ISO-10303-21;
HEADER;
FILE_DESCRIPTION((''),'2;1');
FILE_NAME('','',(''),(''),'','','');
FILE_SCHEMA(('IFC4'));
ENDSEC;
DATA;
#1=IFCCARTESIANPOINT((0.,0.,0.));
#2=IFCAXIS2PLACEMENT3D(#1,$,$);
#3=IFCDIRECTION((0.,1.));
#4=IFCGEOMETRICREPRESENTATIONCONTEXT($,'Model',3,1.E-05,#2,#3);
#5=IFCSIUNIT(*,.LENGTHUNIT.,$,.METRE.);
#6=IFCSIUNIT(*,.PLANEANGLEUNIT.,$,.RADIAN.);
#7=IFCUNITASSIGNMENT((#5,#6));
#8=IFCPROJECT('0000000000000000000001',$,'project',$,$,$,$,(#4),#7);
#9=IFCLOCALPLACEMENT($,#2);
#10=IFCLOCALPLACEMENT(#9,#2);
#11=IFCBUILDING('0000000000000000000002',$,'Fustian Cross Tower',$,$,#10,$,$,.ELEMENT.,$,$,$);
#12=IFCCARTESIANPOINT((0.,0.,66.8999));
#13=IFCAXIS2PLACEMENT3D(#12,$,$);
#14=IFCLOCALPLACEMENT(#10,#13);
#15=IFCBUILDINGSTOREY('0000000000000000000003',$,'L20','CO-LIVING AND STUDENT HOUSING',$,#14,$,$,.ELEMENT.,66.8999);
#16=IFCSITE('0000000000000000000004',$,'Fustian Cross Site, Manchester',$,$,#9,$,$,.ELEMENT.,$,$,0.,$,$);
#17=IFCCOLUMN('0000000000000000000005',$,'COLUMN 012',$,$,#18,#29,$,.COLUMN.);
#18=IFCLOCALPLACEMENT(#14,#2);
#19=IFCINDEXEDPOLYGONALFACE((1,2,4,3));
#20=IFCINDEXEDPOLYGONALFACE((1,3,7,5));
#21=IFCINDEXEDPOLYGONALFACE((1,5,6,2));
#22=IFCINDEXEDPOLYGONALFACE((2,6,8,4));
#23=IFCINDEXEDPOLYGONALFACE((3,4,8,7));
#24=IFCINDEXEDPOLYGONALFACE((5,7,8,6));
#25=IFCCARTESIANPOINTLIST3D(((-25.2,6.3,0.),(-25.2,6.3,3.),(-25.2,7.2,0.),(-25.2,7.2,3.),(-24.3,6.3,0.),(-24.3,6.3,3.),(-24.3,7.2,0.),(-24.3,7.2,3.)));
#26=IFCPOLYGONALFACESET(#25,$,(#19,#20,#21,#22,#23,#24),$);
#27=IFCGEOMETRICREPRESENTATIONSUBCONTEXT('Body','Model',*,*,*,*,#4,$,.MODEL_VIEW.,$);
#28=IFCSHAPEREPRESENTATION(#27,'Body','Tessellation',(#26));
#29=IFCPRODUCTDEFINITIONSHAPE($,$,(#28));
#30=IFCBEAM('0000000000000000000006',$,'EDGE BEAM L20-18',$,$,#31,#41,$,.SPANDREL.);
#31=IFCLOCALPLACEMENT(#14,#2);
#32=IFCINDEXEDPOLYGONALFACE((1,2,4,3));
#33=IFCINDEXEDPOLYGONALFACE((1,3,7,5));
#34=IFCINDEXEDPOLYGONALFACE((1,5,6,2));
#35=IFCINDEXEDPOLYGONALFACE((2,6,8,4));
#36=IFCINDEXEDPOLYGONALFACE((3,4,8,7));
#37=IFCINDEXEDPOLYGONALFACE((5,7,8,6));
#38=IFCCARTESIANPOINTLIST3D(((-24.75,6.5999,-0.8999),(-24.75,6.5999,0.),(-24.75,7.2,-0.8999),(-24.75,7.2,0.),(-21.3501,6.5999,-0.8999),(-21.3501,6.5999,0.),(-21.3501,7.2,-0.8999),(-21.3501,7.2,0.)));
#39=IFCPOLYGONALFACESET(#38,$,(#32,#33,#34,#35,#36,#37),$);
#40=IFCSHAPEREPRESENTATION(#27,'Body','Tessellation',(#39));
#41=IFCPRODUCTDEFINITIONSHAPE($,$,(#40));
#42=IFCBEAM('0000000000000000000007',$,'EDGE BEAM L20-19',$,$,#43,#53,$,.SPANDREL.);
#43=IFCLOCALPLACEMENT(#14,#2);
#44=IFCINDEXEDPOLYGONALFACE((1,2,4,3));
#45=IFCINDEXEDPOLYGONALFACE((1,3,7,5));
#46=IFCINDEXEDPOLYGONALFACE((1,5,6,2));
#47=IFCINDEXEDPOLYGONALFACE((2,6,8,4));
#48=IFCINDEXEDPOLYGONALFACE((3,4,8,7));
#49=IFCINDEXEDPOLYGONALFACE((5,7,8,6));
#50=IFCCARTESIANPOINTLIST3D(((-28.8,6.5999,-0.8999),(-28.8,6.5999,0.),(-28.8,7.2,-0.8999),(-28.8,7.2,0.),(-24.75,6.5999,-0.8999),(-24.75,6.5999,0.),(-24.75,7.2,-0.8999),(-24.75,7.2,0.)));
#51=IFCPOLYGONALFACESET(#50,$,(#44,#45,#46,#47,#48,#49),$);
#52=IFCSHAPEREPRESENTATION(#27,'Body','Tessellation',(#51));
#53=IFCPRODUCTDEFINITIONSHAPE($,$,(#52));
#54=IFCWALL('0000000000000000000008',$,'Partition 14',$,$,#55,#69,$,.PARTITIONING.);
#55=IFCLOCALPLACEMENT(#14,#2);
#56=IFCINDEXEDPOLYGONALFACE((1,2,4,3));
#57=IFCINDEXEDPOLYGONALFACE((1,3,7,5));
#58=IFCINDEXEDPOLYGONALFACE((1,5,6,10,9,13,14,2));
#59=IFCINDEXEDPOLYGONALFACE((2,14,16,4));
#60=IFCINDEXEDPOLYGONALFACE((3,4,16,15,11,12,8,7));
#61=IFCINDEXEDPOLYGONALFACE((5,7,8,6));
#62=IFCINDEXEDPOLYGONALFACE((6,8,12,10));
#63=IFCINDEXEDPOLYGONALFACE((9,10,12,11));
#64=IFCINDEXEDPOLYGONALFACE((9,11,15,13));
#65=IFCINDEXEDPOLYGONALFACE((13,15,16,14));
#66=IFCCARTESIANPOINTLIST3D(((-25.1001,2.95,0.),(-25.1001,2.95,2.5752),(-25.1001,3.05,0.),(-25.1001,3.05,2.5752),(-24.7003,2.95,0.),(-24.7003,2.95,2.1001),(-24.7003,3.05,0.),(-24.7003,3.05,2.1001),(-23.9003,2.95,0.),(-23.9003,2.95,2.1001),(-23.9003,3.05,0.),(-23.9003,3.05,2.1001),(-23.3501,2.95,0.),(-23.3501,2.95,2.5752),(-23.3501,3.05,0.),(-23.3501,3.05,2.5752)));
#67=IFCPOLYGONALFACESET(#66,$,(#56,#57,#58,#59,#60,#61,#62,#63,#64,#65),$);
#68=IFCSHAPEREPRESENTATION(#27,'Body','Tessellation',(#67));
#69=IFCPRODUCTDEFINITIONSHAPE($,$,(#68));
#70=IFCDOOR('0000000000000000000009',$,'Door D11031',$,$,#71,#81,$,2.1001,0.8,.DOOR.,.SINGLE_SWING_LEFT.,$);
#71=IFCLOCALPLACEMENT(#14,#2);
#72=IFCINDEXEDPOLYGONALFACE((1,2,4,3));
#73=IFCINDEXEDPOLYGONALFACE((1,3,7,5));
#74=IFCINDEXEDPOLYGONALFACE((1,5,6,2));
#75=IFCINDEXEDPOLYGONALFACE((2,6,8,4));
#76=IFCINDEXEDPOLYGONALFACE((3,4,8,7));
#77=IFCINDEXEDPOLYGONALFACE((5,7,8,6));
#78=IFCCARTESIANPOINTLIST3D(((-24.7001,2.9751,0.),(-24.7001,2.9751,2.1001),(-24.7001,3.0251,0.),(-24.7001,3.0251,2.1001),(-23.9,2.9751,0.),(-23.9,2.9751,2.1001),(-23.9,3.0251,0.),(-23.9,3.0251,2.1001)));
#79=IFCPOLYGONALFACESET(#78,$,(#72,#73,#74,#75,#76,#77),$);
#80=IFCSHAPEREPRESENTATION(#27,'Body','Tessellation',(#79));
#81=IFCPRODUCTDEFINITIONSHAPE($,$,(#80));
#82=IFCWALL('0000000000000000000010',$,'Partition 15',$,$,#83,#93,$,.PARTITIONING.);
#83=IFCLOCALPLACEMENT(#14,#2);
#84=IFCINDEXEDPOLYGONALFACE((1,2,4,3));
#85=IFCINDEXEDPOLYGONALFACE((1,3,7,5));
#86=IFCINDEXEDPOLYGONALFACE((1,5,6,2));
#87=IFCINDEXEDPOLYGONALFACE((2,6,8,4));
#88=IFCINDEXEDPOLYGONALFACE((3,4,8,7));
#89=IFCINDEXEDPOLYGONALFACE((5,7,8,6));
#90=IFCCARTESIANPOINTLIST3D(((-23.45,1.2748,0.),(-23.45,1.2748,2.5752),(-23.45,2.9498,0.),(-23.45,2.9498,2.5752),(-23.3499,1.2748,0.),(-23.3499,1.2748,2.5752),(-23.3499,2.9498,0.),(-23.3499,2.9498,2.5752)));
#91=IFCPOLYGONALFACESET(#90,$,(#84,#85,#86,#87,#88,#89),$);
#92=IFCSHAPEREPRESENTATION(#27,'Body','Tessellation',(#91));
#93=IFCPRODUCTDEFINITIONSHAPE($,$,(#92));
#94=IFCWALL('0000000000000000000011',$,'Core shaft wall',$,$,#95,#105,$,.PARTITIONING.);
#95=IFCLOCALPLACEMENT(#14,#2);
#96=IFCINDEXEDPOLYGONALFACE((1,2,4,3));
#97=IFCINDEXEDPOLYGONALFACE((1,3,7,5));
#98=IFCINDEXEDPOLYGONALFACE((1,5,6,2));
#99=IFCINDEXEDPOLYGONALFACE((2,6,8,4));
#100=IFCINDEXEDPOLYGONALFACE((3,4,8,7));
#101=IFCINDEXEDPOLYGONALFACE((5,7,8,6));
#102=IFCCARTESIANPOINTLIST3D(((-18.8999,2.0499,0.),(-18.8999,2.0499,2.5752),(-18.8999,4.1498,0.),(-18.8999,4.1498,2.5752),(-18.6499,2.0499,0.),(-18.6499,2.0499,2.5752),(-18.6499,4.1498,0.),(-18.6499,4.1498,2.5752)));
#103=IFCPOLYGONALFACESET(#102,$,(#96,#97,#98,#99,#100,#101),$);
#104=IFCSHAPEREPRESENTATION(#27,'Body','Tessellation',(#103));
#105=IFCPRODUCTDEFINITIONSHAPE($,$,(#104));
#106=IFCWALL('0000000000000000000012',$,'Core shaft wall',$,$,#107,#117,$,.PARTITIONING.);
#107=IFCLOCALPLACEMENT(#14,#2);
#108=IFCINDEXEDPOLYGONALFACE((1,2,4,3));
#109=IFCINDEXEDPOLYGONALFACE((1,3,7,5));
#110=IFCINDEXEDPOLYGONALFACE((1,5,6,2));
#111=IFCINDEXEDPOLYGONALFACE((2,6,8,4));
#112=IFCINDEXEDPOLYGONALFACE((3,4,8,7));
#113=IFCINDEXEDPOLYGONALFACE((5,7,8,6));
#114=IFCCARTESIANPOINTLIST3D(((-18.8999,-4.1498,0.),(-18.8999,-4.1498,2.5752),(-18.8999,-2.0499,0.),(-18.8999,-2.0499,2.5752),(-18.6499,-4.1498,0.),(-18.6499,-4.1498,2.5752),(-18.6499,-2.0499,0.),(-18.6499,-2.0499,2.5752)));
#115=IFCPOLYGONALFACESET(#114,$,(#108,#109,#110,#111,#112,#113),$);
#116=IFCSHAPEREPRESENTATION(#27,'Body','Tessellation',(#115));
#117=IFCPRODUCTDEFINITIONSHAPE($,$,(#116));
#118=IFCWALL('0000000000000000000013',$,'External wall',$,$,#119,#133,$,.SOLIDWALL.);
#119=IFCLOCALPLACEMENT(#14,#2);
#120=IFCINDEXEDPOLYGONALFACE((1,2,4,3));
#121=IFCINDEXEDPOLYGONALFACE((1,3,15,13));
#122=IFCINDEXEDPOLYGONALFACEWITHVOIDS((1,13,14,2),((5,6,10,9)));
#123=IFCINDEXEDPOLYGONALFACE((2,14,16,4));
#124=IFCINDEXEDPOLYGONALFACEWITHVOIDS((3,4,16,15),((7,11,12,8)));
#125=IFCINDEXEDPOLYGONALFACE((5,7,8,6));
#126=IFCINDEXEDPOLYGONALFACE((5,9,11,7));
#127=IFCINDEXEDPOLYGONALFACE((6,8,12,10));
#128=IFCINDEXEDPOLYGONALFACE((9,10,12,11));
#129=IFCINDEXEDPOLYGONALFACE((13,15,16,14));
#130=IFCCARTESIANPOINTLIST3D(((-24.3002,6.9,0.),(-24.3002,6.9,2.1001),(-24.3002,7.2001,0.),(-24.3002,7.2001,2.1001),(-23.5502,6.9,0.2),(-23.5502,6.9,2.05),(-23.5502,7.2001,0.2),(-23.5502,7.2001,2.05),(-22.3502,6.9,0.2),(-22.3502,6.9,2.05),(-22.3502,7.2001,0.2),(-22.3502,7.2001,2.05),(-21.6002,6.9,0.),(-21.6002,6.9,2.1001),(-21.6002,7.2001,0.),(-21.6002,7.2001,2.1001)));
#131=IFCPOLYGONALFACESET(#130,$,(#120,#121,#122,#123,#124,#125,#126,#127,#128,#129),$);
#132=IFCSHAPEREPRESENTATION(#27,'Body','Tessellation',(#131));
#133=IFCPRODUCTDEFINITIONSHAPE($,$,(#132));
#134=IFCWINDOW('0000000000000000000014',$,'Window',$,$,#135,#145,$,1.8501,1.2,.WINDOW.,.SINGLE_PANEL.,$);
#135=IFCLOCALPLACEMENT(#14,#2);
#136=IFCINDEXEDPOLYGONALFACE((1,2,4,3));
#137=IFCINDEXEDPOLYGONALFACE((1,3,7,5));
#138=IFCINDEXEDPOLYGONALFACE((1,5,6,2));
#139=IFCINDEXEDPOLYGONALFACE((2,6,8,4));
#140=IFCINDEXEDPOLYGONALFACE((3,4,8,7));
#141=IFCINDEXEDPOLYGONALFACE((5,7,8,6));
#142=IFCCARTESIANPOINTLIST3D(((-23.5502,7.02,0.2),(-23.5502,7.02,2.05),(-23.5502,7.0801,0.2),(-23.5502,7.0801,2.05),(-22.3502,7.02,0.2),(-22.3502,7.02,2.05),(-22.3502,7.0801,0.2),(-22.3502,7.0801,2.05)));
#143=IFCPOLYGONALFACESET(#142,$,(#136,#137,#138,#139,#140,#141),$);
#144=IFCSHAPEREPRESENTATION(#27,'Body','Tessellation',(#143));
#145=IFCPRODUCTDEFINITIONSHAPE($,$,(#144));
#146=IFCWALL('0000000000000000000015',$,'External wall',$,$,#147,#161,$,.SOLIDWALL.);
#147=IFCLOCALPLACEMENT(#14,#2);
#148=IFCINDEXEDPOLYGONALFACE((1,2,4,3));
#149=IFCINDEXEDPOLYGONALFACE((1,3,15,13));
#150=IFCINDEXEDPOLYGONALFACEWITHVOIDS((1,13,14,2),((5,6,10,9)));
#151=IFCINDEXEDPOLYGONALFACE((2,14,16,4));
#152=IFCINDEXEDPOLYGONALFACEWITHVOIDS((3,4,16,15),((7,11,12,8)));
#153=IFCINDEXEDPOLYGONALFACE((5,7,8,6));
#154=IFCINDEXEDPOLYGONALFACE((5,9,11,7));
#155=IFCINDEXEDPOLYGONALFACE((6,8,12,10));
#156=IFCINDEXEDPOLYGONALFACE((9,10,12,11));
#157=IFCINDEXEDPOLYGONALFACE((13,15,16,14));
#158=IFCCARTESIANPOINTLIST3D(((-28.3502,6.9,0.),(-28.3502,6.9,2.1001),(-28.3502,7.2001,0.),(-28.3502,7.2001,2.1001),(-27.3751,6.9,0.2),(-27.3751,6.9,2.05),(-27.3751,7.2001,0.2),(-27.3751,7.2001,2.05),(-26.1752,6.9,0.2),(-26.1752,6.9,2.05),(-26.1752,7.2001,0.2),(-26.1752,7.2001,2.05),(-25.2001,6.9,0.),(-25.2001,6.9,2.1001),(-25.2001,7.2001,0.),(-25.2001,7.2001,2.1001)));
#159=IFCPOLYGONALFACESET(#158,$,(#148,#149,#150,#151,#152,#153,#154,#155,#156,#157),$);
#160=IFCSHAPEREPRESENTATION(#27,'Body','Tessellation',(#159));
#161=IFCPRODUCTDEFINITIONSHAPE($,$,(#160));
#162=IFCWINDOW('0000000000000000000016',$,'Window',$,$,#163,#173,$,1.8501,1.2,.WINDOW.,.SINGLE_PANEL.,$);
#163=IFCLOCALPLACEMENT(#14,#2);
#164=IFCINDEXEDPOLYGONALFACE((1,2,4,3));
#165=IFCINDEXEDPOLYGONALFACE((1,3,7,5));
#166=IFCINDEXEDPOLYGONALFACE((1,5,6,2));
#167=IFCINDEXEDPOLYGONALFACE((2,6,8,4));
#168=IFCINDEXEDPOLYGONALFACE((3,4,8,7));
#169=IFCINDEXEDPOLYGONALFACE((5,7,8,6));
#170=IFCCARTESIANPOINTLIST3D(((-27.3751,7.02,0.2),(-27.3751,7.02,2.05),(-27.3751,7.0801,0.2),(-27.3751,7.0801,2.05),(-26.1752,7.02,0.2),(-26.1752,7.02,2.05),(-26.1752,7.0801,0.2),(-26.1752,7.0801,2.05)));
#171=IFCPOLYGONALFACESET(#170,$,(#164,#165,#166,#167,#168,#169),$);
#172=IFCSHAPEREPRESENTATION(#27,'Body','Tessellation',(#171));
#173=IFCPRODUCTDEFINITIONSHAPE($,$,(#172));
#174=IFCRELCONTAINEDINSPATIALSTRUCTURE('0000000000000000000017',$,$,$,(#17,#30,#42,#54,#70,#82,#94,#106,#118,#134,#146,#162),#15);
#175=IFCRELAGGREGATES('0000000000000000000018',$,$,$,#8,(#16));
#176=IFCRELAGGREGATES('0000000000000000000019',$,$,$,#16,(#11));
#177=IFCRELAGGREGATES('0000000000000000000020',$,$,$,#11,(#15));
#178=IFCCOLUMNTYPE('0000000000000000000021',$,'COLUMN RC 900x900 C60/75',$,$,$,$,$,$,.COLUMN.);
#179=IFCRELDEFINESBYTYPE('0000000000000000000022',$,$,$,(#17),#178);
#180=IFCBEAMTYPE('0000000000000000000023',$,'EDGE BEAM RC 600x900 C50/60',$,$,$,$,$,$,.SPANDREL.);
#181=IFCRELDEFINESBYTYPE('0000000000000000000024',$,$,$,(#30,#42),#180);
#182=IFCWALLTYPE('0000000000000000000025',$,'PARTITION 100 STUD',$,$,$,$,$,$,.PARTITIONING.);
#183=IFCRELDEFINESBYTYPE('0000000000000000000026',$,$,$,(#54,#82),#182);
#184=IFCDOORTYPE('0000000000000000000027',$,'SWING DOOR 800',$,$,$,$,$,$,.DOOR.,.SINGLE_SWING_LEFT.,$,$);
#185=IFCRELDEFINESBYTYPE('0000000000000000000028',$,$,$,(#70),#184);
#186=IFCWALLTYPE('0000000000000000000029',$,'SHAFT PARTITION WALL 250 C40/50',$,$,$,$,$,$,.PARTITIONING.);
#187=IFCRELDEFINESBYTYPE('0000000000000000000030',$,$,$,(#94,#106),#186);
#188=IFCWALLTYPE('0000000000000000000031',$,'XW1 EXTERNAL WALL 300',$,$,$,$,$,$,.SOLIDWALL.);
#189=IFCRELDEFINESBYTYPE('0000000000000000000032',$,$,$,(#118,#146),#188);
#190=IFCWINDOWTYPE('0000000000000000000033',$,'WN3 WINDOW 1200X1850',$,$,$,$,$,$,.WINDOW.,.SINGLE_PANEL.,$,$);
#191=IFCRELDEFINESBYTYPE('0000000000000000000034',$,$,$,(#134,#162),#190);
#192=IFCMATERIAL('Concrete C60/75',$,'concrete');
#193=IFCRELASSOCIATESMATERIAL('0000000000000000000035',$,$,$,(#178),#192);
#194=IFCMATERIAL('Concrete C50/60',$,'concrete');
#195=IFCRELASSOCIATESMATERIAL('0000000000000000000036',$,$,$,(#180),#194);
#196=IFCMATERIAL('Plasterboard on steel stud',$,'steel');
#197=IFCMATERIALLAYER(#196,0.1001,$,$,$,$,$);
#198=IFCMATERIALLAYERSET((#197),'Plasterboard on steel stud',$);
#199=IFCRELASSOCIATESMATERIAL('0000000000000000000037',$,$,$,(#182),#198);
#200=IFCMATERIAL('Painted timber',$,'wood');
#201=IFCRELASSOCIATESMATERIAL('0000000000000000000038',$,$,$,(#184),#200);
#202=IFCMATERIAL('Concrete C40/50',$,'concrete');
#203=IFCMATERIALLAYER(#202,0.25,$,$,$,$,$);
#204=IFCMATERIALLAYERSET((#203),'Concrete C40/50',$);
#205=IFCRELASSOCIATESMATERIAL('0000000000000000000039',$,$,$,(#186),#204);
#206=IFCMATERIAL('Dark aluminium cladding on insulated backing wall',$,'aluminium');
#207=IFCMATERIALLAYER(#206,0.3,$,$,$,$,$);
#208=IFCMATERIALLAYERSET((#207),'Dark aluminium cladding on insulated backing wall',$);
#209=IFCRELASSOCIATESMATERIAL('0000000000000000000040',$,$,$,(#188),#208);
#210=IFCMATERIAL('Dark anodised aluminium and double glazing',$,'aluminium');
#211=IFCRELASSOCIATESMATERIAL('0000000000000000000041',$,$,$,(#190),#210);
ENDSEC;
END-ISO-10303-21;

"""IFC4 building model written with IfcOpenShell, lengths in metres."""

from ifc_helpers import new_model, si_unit, direction, frame, frame_2d, origin, origin_2d, place, context, subcontext, project, spatial, rectangle, extrude, material, layer, layer_set, material_profile, profile_set, type_object, element, fill, save


model = new_model("IFC4")

# Units and contexts
model_context = context("Model", 3, precision=1e-05, world=origin(), true_north=direction((0.0, 1.0)))
body_context = subcontext(model_context, "Body", "Model", "MODEL_VIEW")
ifc_project = project(units=[si_unit("LENGTHUNIT", "METRE"), si_unit("PLANEANGLEUNIT", "RADIAN")], contexts=[model_context])

# Site, building, storey
site_placement = place(None, origin())
site = spatial("IfcSite", under=ifc_project, at=site_placement, Name="Fustian Cross Site, Manchester", CompositionType="ELEMENT", RefElevation=0.0)
building_placement = place(site_placement, origin())
building = spatial("IfcBuilding", under=site, at=building_placement, Name="Fustian Cross Tower", CompositionType="ELEMENT")
storey_placement = place(building_placement, frame((0.0, 0.0, 66.8999)))
storey = spatial("IfcBuildingStorey", under=building, at=storey_placement, Name="L20", Description="CO-LIVING AND STUDENT HOUSING", CompositionType="ELEMENT", Elevation=66.8999)

# Column
ifc_material_1 = material(Name="Concrete C60/75", Category="concrete")
ifc_material_profile_1 = material_profile(ifc_material_1, rectangle(XDim=0.8999, YDim=0.8999, at=origin_2d()), Name="RC 900x900")
ifc_profile_set_1 = profile_set([ifc_material_profile_1], Name="Concrete C60/75")
column_type = type_object("IfcColumnType", Name="COLUMN RC 900x900 C60/75", PredefinedType="COLUMN", material=ifc_profile_set_1)
column_placement = place(storey_placement, frame((-24.75, 6.75, 0.0), z_axis=(0.0, 0.0, 1.0), x_axis=(1.0, 0.0, 0.0)))
element("IfcColumn", 1, at=column_placement, inside=storey, type_object=column_type, Name="COLUMN 012", PredefinedType="COLUMN", context=body_context, shape_type="SweptSolid", body=[
    extrude(rectangle(XDim=0.8999, YDim=0.8999, at=origin_2d()), origin(), (0.0, 0.0, 1.0), 3.0),
])

# Beams
ifc_material_2 = material(Name="Concrete C50/60", Category="concrete")
ifc_material_profile_2 = material_profile(ifc_material_2, rectangle(XDim=0.6001, YDim=0.8999, at=origin_2d()), Name="RC 600x900")
ifc_profile_set_2 = profile_set([ifc_material_profile_2], Name="Concrete C50/60")
beam_type = type_object("IfcBeamType", Name="EDGE BEAM RC 600x900 C50/60", PredefinedType="SPANDREL", material=ifc_profile_set_2)
beam_1_placement = place(storey_placement, frame((-21.3501, 6.8999, -0.45), z_axis=(-1.0, 0.0, 0.0), x_axis=(0.0, -1.0, 0.0)))
element("IfcBeam", 2, at=beam_1_placement, inside=storey, type_object=beam_type, Name="EDGE BEAM L20-18", PredefinedType="SPANDREL", context=body_context, shape_type="SweptSolid", body=[
    extrude(rectangle(XDim=0.6001, YDim=0.8999, at=origin_2d()), origin(), (0.0, 0.0, 1.0), 3.3999),
])
beam_2_placement = place(storey_placement, frame((-24.75, 6.8999, -0.45), z_axis=(-1.0, 0.0, 0.0), x_axis=(0.0, -1.0, 0.0)))
element("IfcBeam", 3, at=beam_2_placement, inside=storey, type_object=beam_type, Name="EDGE BEAM L20-19", PredefinedType="SPANDREL", context=body_context, shape_type="SweptSolid", body=[
    extrude(rectangle(XDim=0.6001, YDim=0.8999, at=origin_2d()), origin(), (0.0, 0.0, 1.0), 4.05),
])

# Wall, opening, door
ifc_material_3 = material(Name="Plasterboard on steel stud", Category="steel")
ifc_layer_1 = layer(ifc_material_3, 0.1001)
ifc_layer_set_1 = layer_set([ifc_layer_1], Name="Plasterboard on steel stud")
wall_type_1 = type_object("IfcWallType", Name="PARTITION 100 STUD", PredefinedType="PARTITIONING", material=ifc_layer_set_1)
wall_1_placement = place(storey_placement, frame((-25.1001, 3.0, 0.0), z_axis=(0.0, 0.0, 1.0), x_axis=(1.0, 0.0, 0.0)))
wall_1 = element("IfcWall", 4, at=wall_1_placement, inside=storey, type_object=wall_type_1, Name="Partition 14", PredefinedType="PARTITIONING", context=body_context, shape_type="SweptSolid", body=[
    extrude(rectangle(XDim=1.75, YDim=0.1001, at=frame_2d((0.875, 0.0))), origin(), (0.0, 0.0, 1.0), 2.5752),
])
opening_1_placement = place(wall_1_placement, frame((0.3999, 0.0, 0.0)))
opening_1 = element("IfcOpeningElement", 5, at=opening_1_placement, cuts=wall_1, PredefinedType="OPENING", context=body_context, shape_type="SweptSolid", body=[
    extrude(rectangle(XDim=0.8, YDim=2.1001, at=frame_2d((0.3999, 1.05))), frame((0.0, 0.0601, 0.0), z_axis=(0.0, -1.0, 0.0), x_axis=(1.0, 0.0, 0.0)), (0.0, 0.0, 1.0), 0.1201),
])
ifc_material_4 = material(Name="Painted timber", Category="wood")
door_type = type_object("IfcDoorType", Name="SWING DOOR 800", OperationType="SINGLE_SWING_LEFT", PredefinedType="DOOR", material=ifc_material_4)
door_placement = place(opening_1_placement, frame((0.8, 0.0, 0.0), z_axis=(0.0, 0.0, 1.0), x_axis=(-1.0, 0.0, 0.0)))
door = element("IfcDoor", 6, at=door_placement, inside=storey, type_object=door_type, Name="Door D11031", OperationType="SINGLE_SWING_LEFT", OverallHeight=2.1001, OverallWidth=0.8, PredefinedType="DOOR", context=body_context, shape_type="SweptSolid", body=[
    extrude(rectangle(XDim=0.8, YDim=2.1001, at=frame_2d((0.3999, 1.05))), frame((0.0, 0.0249, 0.0), z_axis=(0.0, -1.0, 0.0), x_axis=(1.0, 0.0, 0.0)), (0.0, 0.0, 1.0), 0.05),
])
fill(opening_1, door)

# Walls
wall_2_placement = place(storey_placement, frame((-23.3999, 1.2749, 0.0), z_axis=(0.0, 0.0, 1.0), x_axis=(0.0, 1.0, 0.0)))
element("IfcWall", 7, at=wall_2_placement, inside=storey, type_object=wall_type_1, Name="Partition 15", PredefinedType="PARTITIONING", context=body_context, shape_type="SweptSolid", body=[
    extrude(rectangle(XDim=1.675, YDim=0.1001, at=frame_2d((0.8374, 0.0))), origin(), (0.0, 0.0, 1.0), 2.5752),
])
ifc_material_5 = material(Name="Concrete C40/50", Category="concrete")
ifc_layer_2 = layer(ifc_material_5, 0.25)
ifc_layer_set_2 = layer_set([ifc_layer_2], Name="Concrete C40/50")
wall_type_2 = type_object("IfcWallType", Name="SHAFT PARTITION WALL 250 C40/50", PredefinedType="PARTITIONING", material=ifc_layer_set_2)
for number, where, z_axis, x_axis, name in (
    (8, (-18.7749, 2.05, 0.0), (0.0, 0.0, 1.0), (0.0, 1.0, 0.0), "Core shaft wall"),
    (9, (-18.7749, -2.05, 0.0), (0.0, 0.0, 1.0), (0.0, -1.0, 0.0), "Core shaft wall"),
):
    element("IfcWall", number, at=place(storey_placement, frame(where, z_axis=z_axis, x_axis=x_axis)), inside=storey, type_object=wall_type_2, Name=name, PredefinedType="PARTITIONING", context=body_context, shape_type="SweptSolid", body=[
        extrude(rectangle(XDim=2.0999, YDim=0.25, at=frame_2d((1.0498, 0.0))), origin(), (0.0, 0.0, 1.0), 2.5752),
    ])

# Walls, openings, windows
ifc_material_6 = material(Name="Dark aluminium cladding on insulated backing wall", Category="aluminium")
ifc_layer_3 = layer(ifc_material_6, 0.3)
ifc_layer_set_3 = layer_set([ifc_layer_3], Name="Dark aluminium cladding on insulated backing wall")
wall_type_3 = type_object("IfcWallType", Name="XW1 EXTERNAL WALL 300", PredefinedType="SOLIDWALL", material=ifc_layer_set_3)
wall_3_placement = place(storey_placement, frame((-21.6001, 7.05, 0.0), z_axis=(0.0, 0.0, 1.0), x_axis=(-1.0, 0.0, 0.0)))
wall_3 = element("IfcWall", 10, at=wall_3_placement, inside=storey, type_object=wall_type_3, Name="External wall", PredefinedType="SOLIDWALL", context=body_context, shape_type="SweptSolid", body=[
    extrude(rectangle(XDim=2.7, YDim=0.3, at=frame_2d((1.3501, 0.0))), origin(), (0.0, 0.0, 1.0), 2.1001),
])
opening_2_placement = place(wall_3_placement, frame((0.75, 0.0, 0.2)))
opening_2 = element("IfcOpeningElement", 11, at=opening_2_placement, cuts=wall_3, PredefinedType="OPENING", context=body_context, shape_type="SweptSolid", body=[
    extrude(rectangle(XDim=1.2, YDim=1.8501, at=frame_2d((0.6001, 0.925))), frame((0.0, 0.1599, 0.0), z_axis=(0.0, -1.0, 0.0), x_axis=(1.0, 0.0, 0.0)), (0.0, 0.0, 1.0), 0.3201),
])
ifc_material_7 = material(Name="Dark anodised aluminium and double glazing", Category="aluminium")
window_type = type_object("IfcWindowType", Name="WN3 WINDOW 1200X1850", PartitioningType="SINGLE_PANEL", PredefinedType="WINDOW", material=ifc_material_7)
window_1_placement = place(opening_2_placement, origin())
window_1 = element("IfcWindow", 12, at=window_1_placement, inside=storey, type_object=window_type, Name="Window", OverallHeight=1.8501, OverallWidth=1.2, PartitioningType="SINGLE_PANEL", PredefinedType="WINDOW", context=body_context, shape_type="SweptSolid", body=[
    extrude(rectangle(XDim=1.2, YDim=1.8501, at=frame_2d((0.6001, 0.925))), frame((0.0, 0.03, 0.0), z_axis=(0.0, -1.0, 0.0), x_axis=(1.0, 0.0, 0.0)), (0.0, 0.0, 1.0), 0.0601),
])
fill(opening_2, window_1)
wall_4_placement = place(storey_placement, frame((-25.2, 7.05, 0.0), z_axis=(0.0, 0.0, 1.0), x_axis=(-1.0, 0.0, 0.0)))
wall_4 = element("IfcWall", 13, at=wall_4_placement, inside=storey, type_object=wall_type_3, Name="External wall", PredefinedType="SOLIDWALL", context=body_context, shape_type="SweptSolid", body=[
    extrude(rectangle(XDim=3.1501, YDim=0.3, at=frame_2d((1.5752, 0.0))), origin(), (0.0, 0.0, 1.0), 2.1001),
])
opening_3_placement = place(wall_4_placement, frame((0.9751, 0.0, 0.2)))
opening_3 = element("IfcOpeningElement", 14, at=opening_3_placement, cuts=wall_4, PredefinedType="OPENING", context=body_context, shape_type="SweptSolid", body=[
    extrude(rectangle(XDim=1.2, YDim=1.8501, at=frame_2d((0.6001, 0.925))), frame((0.0, 0.1599, 0.0), z_axis=(0.0, -1.0, 0.0), x_axis=(1.0, 0.0, 0.0)), (0.0, 0.0, 1.0), 0.3201),
])
window_2_placement = place(opening_3_placement, origin())
window_2 = element("IfcWindow", 15, at=window_2_placement, inside=storey, type_object=window_type, Name="Window", OverallHeight=1.8501, OverallWidth=1.2, PartitioningType="SINGLE_PANEL", PredefinedType="WINDOW", context=body_context, shape_type="SweptSolid", body=[
    extrude(rectangle(XDim=1.2, YDim=1.8501, at=frame_2d((0.6001, 0.925))), frame((0.0, 0.03, 0.0), z_axis=(0.0, -1.0, 0.0), x_axis=(1.0, 0.0, 0.0)), (0.0, 0.0, 1.0), 0.0601),
])
fill(opening_3, window_2)

save(model, "model.ifc")
